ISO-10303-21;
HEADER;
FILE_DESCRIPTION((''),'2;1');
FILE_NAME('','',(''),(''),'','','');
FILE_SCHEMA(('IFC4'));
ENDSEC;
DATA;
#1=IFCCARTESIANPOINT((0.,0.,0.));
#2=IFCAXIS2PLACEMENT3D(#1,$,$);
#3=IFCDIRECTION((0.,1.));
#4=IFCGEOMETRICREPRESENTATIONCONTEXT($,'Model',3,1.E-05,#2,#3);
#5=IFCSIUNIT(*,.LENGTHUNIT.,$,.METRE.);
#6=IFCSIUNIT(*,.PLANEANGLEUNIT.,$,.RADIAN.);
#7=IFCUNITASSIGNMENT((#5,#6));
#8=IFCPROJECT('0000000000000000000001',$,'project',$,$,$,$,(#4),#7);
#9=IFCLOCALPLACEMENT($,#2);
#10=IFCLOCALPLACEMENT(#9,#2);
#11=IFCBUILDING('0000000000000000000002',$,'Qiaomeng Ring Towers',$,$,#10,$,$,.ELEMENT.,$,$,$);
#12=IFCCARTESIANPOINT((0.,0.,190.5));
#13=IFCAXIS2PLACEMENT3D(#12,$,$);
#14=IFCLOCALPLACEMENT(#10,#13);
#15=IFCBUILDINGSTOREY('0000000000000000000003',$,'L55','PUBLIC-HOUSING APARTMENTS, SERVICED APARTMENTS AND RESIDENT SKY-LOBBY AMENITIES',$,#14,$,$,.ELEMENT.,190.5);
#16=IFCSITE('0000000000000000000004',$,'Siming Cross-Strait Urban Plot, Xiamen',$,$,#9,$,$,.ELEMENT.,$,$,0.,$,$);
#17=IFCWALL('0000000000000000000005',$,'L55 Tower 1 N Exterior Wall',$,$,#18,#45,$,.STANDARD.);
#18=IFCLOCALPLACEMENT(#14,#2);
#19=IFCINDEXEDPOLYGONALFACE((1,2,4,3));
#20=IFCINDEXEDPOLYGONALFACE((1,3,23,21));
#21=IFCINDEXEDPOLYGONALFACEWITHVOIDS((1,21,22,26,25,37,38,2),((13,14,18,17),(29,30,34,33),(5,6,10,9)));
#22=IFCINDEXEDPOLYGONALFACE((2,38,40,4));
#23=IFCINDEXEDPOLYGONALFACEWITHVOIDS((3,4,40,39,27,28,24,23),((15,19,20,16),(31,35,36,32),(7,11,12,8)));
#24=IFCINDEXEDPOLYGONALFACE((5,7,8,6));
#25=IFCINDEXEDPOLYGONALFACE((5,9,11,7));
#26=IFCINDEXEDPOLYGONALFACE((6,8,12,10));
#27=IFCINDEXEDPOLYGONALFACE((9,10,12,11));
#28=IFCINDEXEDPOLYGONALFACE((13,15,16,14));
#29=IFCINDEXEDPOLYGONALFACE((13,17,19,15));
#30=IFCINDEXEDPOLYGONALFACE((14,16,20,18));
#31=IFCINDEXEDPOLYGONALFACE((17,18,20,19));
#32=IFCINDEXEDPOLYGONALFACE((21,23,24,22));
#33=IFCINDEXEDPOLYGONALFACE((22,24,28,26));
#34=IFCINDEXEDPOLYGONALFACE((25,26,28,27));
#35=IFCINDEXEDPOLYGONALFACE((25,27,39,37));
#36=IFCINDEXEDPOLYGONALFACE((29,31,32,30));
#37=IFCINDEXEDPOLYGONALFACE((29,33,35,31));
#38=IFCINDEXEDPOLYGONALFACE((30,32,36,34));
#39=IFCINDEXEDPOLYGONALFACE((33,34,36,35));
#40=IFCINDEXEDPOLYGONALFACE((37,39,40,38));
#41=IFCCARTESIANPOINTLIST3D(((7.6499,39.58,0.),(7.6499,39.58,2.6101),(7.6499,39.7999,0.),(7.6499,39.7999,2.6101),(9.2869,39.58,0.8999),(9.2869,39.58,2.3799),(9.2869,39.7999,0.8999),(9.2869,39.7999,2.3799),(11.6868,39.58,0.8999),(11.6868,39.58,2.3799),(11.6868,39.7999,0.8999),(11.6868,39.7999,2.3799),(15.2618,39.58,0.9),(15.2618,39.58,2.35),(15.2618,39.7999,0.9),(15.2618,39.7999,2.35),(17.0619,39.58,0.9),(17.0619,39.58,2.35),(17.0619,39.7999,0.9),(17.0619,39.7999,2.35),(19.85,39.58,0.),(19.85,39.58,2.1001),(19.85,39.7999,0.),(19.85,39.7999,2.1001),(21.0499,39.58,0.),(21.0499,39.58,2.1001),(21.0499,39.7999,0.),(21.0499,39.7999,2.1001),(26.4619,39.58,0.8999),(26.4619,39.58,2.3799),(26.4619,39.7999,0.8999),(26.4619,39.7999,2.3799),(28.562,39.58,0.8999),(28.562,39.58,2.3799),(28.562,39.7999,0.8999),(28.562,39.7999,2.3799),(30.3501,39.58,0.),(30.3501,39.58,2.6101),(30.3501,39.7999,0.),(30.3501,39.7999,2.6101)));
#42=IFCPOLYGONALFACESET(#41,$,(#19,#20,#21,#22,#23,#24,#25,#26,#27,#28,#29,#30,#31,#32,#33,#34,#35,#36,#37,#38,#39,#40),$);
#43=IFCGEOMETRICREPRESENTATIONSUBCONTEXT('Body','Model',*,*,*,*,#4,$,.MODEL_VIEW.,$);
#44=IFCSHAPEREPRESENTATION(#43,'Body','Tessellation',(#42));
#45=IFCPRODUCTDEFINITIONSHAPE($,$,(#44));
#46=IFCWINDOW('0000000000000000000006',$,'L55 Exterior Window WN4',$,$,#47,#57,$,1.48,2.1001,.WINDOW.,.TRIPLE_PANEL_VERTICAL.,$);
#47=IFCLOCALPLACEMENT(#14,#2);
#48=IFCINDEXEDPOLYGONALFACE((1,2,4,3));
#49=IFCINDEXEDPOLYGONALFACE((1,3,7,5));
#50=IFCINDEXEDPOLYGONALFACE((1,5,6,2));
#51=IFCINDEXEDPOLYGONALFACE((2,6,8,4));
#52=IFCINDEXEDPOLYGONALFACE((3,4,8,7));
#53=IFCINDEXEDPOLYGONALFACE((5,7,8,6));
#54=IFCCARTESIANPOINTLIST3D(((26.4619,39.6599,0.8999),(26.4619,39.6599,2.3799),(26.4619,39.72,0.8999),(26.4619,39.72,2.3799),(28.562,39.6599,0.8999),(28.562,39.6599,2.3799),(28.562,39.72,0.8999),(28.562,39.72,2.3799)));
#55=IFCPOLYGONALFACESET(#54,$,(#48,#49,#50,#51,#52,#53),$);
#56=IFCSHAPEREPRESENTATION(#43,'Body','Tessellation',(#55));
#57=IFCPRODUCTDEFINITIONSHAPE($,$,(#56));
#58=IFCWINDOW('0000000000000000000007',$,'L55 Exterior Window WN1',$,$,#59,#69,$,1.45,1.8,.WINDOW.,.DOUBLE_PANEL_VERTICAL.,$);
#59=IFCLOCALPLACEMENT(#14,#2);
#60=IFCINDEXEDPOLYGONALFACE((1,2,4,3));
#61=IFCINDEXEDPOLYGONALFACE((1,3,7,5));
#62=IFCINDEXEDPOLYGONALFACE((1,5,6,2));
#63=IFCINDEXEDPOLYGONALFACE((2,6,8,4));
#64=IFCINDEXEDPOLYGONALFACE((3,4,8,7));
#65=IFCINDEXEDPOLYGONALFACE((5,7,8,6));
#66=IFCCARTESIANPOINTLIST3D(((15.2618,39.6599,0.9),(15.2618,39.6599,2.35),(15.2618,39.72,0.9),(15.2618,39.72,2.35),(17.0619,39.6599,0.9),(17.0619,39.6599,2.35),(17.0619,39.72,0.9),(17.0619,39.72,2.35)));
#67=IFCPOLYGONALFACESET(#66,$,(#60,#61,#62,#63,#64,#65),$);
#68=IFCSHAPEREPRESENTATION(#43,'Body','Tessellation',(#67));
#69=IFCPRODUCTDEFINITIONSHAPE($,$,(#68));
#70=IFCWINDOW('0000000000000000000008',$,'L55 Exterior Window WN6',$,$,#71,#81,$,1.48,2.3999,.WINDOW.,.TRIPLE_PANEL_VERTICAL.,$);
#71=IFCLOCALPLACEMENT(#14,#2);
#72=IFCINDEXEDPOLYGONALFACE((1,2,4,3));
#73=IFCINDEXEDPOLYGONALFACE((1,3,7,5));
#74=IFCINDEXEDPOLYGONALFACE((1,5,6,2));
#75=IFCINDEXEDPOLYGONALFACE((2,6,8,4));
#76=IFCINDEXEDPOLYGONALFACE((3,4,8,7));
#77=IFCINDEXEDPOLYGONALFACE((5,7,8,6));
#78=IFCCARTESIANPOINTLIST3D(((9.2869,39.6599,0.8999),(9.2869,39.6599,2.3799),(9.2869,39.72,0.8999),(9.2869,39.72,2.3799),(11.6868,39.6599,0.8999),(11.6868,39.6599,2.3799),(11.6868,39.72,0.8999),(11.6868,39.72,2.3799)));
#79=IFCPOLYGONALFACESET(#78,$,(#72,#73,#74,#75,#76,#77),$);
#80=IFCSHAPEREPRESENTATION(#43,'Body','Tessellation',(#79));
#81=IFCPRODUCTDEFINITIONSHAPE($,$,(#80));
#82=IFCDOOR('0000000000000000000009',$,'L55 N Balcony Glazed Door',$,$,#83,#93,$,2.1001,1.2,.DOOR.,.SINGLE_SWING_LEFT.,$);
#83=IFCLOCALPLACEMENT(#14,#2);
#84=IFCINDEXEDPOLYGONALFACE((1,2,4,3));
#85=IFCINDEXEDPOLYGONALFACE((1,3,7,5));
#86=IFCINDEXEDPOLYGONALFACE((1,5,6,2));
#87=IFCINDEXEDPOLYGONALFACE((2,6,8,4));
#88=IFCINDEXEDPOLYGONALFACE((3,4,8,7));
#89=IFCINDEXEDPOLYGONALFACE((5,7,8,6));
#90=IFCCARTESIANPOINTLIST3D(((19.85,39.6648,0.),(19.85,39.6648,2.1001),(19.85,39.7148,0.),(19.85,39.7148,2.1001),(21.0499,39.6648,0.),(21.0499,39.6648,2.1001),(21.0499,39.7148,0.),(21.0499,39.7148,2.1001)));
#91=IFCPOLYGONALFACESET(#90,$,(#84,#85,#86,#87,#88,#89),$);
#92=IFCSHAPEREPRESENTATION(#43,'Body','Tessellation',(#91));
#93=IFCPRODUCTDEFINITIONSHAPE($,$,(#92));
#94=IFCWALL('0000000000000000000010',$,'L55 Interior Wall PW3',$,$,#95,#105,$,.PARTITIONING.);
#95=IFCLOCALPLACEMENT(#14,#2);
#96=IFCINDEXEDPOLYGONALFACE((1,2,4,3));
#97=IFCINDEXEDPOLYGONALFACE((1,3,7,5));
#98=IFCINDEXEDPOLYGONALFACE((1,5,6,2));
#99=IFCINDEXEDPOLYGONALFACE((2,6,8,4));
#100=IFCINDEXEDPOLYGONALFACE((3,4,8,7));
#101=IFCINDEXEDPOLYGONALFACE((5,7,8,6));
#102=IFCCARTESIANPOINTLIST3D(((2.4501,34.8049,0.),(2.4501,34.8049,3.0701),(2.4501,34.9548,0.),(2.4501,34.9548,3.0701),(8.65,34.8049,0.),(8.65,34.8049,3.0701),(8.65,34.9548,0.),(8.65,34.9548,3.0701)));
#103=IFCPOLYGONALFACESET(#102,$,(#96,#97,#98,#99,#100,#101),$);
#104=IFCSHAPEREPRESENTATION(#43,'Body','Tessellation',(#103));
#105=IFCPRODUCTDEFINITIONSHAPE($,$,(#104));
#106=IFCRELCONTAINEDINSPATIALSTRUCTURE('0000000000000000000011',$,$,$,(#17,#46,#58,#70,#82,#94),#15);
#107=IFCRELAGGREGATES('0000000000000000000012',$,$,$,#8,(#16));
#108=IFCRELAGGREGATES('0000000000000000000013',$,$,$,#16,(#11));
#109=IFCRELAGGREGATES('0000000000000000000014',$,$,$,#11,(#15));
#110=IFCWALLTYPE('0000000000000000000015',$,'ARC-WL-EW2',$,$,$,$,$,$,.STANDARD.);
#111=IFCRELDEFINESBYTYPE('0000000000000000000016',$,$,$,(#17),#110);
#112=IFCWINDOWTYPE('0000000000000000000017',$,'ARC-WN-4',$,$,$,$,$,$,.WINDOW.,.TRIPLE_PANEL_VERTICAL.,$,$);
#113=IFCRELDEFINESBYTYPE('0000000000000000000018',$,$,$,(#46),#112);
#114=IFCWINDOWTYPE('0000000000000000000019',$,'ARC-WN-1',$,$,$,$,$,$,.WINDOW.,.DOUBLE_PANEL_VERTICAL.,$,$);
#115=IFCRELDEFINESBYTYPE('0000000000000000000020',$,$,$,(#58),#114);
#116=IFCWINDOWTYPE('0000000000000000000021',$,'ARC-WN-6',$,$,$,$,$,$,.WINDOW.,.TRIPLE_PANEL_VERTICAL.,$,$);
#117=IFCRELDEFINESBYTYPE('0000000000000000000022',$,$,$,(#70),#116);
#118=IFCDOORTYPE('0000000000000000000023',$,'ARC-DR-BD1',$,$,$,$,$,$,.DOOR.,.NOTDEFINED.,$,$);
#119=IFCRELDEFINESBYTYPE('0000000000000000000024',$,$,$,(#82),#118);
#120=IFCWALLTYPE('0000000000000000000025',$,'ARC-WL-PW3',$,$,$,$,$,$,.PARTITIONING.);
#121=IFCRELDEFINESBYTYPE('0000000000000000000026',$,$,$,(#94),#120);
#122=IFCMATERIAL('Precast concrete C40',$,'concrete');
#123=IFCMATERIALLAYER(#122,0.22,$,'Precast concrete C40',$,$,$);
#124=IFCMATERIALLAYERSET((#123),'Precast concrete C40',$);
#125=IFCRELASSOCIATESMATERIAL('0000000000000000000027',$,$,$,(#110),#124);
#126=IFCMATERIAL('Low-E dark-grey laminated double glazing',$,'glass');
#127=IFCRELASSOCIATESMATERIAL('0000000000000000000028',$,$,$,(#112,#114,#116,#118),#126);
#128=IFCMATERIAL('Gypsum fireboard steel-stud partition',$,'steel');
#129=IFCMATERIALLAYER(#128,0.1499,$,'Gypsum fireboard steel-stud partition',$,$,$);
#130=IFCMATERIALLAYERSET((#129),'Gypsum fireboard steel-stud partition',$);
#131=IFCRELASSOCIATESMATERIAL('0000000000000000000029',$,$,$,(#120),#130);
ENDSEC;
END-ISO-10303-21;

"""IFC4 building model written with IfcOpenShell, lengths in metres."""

from ifc_helpers import new_model, si_unit, direction, frame, frame_2d, origin, place, context, subcontext, project, spatial, rectangle, extrude, source, transform, mapped, material, layer, layer_set, type_object, element, fill, save


model = new_model("IFC4")

# Units and contexts
model_context = context("Model", 3, precision=1e-05, world=origin(), true_north=direction((0.0, 1.0)))
body_context = subcontext(model_context, "Body", "Model", "MODEL_VIEW")
ifc_project = project(units=[si_unit("LENGTHUNIT", "METRE"), si_unit("PLANEANGLEUNIT", "RADIAN")], contexts=[model_context])

# Site, building, storey
site_placement = place(None, origin())
site = spatial("IfcSite", under=ifc_project, at=site_placement, Name="Siming Cross-Strait Urban Plot, Xiamen", CompositionType="ELEMENT", RefElevation=0.0)
building_placement = place(site_placement, origin())
building = spatial("IfcBuilding", under=site, at=building_placement, Name="Qiaomeng Ring Towers", CompositionType="ELEMENT")
storey_placement = place(building_placement, frame((0.0, 0.0, 190.5)))
storey = spatial("IfcBuildingStorey", under=building, at=storey_placement, Name="L55", Description="PUBLIC-HOUSING APARTMENTS, SERVICED APARTMENTS AND RESIDENT SKY-LOBBY AMENITIES", CompositionType="ELEMENT", Elevation=190.5)

# Shared definitions
ifc_material_1 = material(Name="Low-E dark-grey laminated double glazing", Category="glass")

# Wall, openings, windows, door
ifc_material_2 = material(Name="Precast concrete C40", Category="concrete")
ifc_layer_1 = layer(ifc_material_2, 0.22, Name="Precast concrete C40")
ifc_layer_set_1 = layer_set([ifc_layer_1], Name="Precast concrete C40")
wall_type_1 = type_object("IfcWallType", Name="ARC-WL-EW2", PredefinedType="STANDARD", material=ifc_layer_set_1)
wall_1_placement = place(storey_placement, frame((7.6499, 39.6899, 0.0), z_axis=(0.0, 0.0, 1.0), x_axis=(1.0, 0.0, 0.0)))
wall_1 = element("IfcWall", 1, at=wall_1_placement, inside=storey, type_object=wall_type_1, Name="L55 Tower 1 N Exterior Wall", PredefinedType="STANDARD", context=body_context, shape_type="SweptSolid", body=[
    extrude(rectangle(XDim=22.7002, YDim=0.22, at=frame_2d((11.3501, 0.0))), origin(), (0.0, 0.0, 1.0), 2.6101),
])
opening_1_placement = place(wall_1_placement, frame((12.2, 0.0, 0.0)))
opening_1 = element("IfcOpeningElement", 2, at=opening_1_placement, cuts=wall_1, PredefinedType="OPENING", context=body_context, shape_type="SweptSolid", body=[
    extrude(rectangle(XDim=1.2, YDim=2.1001, at=frame_2d((0.6001, 1.05))), frame((0.0, 0.1199, 0.0), z_axis=(0.0, -1.0, 0.0), x_axis=(1.0, 0.0, 0.0)), (0.0, 0.0, 1.0), 0.24),
])
opening_2_placement = place(wall_1_placement, frame((1.637, 0.0, 0.8999)))
opening_2 = element("IfcOpeningElement", 3, at=opening_2_placement, cuts=wall_1, PredefinedType="OPENING", context=body_context, shape_type="SweptSolid", body=[
    extrude(rectangle(XDim=2.3999, YDim=1.48, at=frame_2d((1.2, 0.74))), frame((0.0, 0.1199, 0.0), z_axis=(0.0, -1.0, 0.0), x_axis=(1.0, 0.0, 0.0)), (0.0, 0.0, 1.0), 0.24),
])
opening_3_placement = place(wall_1_placement, frame((7.6121, 0.0, 0.8999)))
opening_3 = element("IfcOpeningElement", 4, at=opening_3_placement, cuts=wall_1, PredefinedType="OPENING", context=body_context, shape_type="SweptSolid", body=[
    extrude(rectangle(XDim=1.8, YDim=1.45, at=frame_2d((0.8999, 0.7251))), frame((0.0, 0.1199, 0.0), z_axis=(0.0, -1.0, 0.0), x_axis=(1.0, 0.0, 0.0)), (0.0, 0.0, 1.0), 0.24),
])
opening_4_placement = place(wall_1_placement, frame((18.812, 0.0, 0.8999)))
opening_4 = element("IfcOpeningElement", 5, at=opening_4_placement, cuts=wall_1, PredefinedType="OPENING", context=body_context, shape_type="SweptSolid", body=[
    extrude(rectangle(XDim=2.1001, YDim=1.48, at=frame_2d((1.05, 0.74))), frame((0.0, 0.1199, 0.0), z_axis=(0.0, -1.0, 0.0), x_axis=(1.0, 0.0, 0.0)), (0.0, 0.0, 1.0), 0.24),
])
window_type_1 = type_object("IfcWindowType", Name="ARC-WN-4", PartitioningType="TRIPLE_PANEL_VERTICAL", PredefinedType="WINDOW", material=ifc_material_1)
shared_shape_1 = source(origin(), body_context, "Body", "SweptSolid", [
    extrude(rectangle(XDim=2.1001, YDim=1.48, at=frame_2d((1.05, 0.74))), frame((0.0, 0.03, 0.0), z_axis=(0.0, -1.0, 0.0), x_axis=(1.0, 0.0, 0.0)), (0.0, 0.0, 1.0), 0.0601),
])
window_1_placement = place(opening_4_placement, origin())
window_1 = element("IfcWindow", 6, at=window_1_placement, inside=storey, type_object=window_type_1, Name="L55 Exterior Window WN4", OverallHeight=1.48, OverallWidth=2.1001, PartitioningType="TRIPLE_PANEL_VERTICAL", PredefinedType="WINDOW", context=body_context, shape_type="MappedRepresentation", body=[
    mapped(shared_shape_1, transform((0.0, 0.0, 0.0), x_axis=(1.0, 0.0, 0.0), y_axis=(0.0, 1.0, 0.0), z_axis=(0.0, 0.0, 1.0), scale=1.0)),
])
fill(opening_4, window_1)
window_type_2 = type_object("IfcWindowType", Name="ARC-WN-1", PartitioningType="DOUBLE_PANEL_VERTICAL", PredefinedType="WINDOW", material=ifc_material_1)
shared_shape_2 = source(origin(), body_context, "Body", "SweptSolid", [
    extrude(rectangle(XDim=1.8, YDim=1.45, at=frame_2d((0.8999, 0.7251))), frame((0.0, 0.03, 0.0), z_axis=(0.0, -1.0, 0.0), x_axis=(1.0, 0.0, 0.0)), (0.0, 0.0, 1.0), 0.0601),
])
window_2_placement = place(opening_3_placement, origin())
window_2 = element("IfcWindow", 7, at=window_2_placement, inside=storey, type_object=window_type_2, Name="L55 Exterior Window WN1", OverallHeight=1.45, OverallWidth=1.8, PartitioningType="DOUBLE_PANEL_VERTICAL", PredefinedType="WINDOW", context=body_context, shape_type="MappedRepresentation", body=[
    mapped(shared_shape_2, transform((0.0, 0.0, 0.0), x_axis=(1.0, 0.0, 0.0), y_axis=(0.0, 1.0, 0.0), z_axis=(0.0, 0.0, 1.0), scale=1.0)),
])
fill(opening_3, window_2)
window_type_3 = type_object("IfcWindowType", Name="ARC-WN-6", PartitioningType="TRIPLE_PANEL_VERTICAL", PredefinedType="WINDOW", material=ifc_material_1)
shared_shape_3 = source(origin(), body_context, "Body", "SweptSolid", [
    extrude(rectangle(XDim=2.3999, YDim=1.48, at=frame_2d((1.2, 0.74))), frame((0.0, 0.03, 0.0), z_axis=(0.0, -1.0, 0.0), x_axis=(1.0, 0.0, 0.0)), (0.0, 0.0, 1.0), 0.0601),
])
window_3_placement = place(opening_2_placement, origin())
window_3 = element("IfcWindow", 8, at=window_3_placement, inside=storey, type_object=window_type_3, Name="L55 Exterior Window WN6", OverallHeight=1.48, OverallWidth=2.3999, PartitioningType="TRIPLE_PANEL_VERTICAL", PredefinedType="WINDOW", context=body_context, shape_type="MappedRepresentation", body=[
    mapped(shared_shape_3, transform((0.0, 0.0, 0.0), x_axis=(1.0, 0.0, 0.0), y_axis=(0.0, 1.0, 0.0), z_axis=(0.0, 0.0, 1.0), scale=1.0)),
])
fill(opening_2, window_3)
door_type_1 = type_object("IfcDoorType", Name="ARC-DR-BD1", OperationType="NOTDEFINED", PredefinedType="DOOR", material=ifc_material_1)
shared_shape_4 = source(origin(), body_context, "Body", "SweptSolid", [
    extrude(rectangle(XDim=1.2, YDim=2.1001, at=frame_2d((0.6001, 1.05))), frame((0.0, 0.0249, 0.0), z_axis=(0.0, -1.0, 0.0), x_axis=(1.0, 0.0, 0.0)), (0.0, 0.0, 1.0), 0.05),
])
door_1_placement = place(opening_1_placement, origin())
door_1 = element("IfcDoor", 9, at=door_1_placement, inside=storey, type_object=door_type_1, Name="L55 N Balcony Glazed Door", OperationType="SINGLE_SWING_LEFT", OverallHeight=2.1001, OverallWidth=1.2, PredefinedType="DOOR", context=body_context, shape_type="MappedRepresentation", body=[
    mapped(shared_shape_4, transform((0.0, 0.0, 0.0), x_axis=(1.0, 0.0, 0.0), y_axis=(0.0, 1.0, 0.0), z_axis=(0.0, 0.0, 1.0), scale=1.0)),
])
fill(opening_1, door_1)

# Wall
ifc_material_3 = material(Name="Gypsum fireboard steel-stud partition", Category="steel")
ifc_layer_2 = layer(ifc_material_3, 0.1499, Name="Gypsum fireboard steel-stud partition")
ifc_layer_set_2 = layer_set([ifc_layer_2], Name="Gypsum fireboard steel-stud partition")
wall_type_2 = type_object("IfcWallType", Name="ARC-WL-PW3", PredefinedType="PARTITIONING", material=ifc_layer_set_2)
wall_2_placement = place(storey_placement, frame((2.45, 34.8799, 0.0), z_axis=(0.0, 0.0, 1.0), x_axis=(1.0, 0.0, 0.0)))
element("IfcWall", 10, at=wall_2_placement, inside=storey, type_object=wall_type_2, Name="L55 Interior Wall PW3", PredefinedType="PARTITIONING", context=body_context, shape_type="SweptSolid", body=[
    extrude(rectangle(XDim=6.2, YDim=0.1499, at=frame_2d((3.1001, 0.0))), origin(), (0.0, 0.0, 1.0), 3.0701),
])

save(model, "model.ifc")
